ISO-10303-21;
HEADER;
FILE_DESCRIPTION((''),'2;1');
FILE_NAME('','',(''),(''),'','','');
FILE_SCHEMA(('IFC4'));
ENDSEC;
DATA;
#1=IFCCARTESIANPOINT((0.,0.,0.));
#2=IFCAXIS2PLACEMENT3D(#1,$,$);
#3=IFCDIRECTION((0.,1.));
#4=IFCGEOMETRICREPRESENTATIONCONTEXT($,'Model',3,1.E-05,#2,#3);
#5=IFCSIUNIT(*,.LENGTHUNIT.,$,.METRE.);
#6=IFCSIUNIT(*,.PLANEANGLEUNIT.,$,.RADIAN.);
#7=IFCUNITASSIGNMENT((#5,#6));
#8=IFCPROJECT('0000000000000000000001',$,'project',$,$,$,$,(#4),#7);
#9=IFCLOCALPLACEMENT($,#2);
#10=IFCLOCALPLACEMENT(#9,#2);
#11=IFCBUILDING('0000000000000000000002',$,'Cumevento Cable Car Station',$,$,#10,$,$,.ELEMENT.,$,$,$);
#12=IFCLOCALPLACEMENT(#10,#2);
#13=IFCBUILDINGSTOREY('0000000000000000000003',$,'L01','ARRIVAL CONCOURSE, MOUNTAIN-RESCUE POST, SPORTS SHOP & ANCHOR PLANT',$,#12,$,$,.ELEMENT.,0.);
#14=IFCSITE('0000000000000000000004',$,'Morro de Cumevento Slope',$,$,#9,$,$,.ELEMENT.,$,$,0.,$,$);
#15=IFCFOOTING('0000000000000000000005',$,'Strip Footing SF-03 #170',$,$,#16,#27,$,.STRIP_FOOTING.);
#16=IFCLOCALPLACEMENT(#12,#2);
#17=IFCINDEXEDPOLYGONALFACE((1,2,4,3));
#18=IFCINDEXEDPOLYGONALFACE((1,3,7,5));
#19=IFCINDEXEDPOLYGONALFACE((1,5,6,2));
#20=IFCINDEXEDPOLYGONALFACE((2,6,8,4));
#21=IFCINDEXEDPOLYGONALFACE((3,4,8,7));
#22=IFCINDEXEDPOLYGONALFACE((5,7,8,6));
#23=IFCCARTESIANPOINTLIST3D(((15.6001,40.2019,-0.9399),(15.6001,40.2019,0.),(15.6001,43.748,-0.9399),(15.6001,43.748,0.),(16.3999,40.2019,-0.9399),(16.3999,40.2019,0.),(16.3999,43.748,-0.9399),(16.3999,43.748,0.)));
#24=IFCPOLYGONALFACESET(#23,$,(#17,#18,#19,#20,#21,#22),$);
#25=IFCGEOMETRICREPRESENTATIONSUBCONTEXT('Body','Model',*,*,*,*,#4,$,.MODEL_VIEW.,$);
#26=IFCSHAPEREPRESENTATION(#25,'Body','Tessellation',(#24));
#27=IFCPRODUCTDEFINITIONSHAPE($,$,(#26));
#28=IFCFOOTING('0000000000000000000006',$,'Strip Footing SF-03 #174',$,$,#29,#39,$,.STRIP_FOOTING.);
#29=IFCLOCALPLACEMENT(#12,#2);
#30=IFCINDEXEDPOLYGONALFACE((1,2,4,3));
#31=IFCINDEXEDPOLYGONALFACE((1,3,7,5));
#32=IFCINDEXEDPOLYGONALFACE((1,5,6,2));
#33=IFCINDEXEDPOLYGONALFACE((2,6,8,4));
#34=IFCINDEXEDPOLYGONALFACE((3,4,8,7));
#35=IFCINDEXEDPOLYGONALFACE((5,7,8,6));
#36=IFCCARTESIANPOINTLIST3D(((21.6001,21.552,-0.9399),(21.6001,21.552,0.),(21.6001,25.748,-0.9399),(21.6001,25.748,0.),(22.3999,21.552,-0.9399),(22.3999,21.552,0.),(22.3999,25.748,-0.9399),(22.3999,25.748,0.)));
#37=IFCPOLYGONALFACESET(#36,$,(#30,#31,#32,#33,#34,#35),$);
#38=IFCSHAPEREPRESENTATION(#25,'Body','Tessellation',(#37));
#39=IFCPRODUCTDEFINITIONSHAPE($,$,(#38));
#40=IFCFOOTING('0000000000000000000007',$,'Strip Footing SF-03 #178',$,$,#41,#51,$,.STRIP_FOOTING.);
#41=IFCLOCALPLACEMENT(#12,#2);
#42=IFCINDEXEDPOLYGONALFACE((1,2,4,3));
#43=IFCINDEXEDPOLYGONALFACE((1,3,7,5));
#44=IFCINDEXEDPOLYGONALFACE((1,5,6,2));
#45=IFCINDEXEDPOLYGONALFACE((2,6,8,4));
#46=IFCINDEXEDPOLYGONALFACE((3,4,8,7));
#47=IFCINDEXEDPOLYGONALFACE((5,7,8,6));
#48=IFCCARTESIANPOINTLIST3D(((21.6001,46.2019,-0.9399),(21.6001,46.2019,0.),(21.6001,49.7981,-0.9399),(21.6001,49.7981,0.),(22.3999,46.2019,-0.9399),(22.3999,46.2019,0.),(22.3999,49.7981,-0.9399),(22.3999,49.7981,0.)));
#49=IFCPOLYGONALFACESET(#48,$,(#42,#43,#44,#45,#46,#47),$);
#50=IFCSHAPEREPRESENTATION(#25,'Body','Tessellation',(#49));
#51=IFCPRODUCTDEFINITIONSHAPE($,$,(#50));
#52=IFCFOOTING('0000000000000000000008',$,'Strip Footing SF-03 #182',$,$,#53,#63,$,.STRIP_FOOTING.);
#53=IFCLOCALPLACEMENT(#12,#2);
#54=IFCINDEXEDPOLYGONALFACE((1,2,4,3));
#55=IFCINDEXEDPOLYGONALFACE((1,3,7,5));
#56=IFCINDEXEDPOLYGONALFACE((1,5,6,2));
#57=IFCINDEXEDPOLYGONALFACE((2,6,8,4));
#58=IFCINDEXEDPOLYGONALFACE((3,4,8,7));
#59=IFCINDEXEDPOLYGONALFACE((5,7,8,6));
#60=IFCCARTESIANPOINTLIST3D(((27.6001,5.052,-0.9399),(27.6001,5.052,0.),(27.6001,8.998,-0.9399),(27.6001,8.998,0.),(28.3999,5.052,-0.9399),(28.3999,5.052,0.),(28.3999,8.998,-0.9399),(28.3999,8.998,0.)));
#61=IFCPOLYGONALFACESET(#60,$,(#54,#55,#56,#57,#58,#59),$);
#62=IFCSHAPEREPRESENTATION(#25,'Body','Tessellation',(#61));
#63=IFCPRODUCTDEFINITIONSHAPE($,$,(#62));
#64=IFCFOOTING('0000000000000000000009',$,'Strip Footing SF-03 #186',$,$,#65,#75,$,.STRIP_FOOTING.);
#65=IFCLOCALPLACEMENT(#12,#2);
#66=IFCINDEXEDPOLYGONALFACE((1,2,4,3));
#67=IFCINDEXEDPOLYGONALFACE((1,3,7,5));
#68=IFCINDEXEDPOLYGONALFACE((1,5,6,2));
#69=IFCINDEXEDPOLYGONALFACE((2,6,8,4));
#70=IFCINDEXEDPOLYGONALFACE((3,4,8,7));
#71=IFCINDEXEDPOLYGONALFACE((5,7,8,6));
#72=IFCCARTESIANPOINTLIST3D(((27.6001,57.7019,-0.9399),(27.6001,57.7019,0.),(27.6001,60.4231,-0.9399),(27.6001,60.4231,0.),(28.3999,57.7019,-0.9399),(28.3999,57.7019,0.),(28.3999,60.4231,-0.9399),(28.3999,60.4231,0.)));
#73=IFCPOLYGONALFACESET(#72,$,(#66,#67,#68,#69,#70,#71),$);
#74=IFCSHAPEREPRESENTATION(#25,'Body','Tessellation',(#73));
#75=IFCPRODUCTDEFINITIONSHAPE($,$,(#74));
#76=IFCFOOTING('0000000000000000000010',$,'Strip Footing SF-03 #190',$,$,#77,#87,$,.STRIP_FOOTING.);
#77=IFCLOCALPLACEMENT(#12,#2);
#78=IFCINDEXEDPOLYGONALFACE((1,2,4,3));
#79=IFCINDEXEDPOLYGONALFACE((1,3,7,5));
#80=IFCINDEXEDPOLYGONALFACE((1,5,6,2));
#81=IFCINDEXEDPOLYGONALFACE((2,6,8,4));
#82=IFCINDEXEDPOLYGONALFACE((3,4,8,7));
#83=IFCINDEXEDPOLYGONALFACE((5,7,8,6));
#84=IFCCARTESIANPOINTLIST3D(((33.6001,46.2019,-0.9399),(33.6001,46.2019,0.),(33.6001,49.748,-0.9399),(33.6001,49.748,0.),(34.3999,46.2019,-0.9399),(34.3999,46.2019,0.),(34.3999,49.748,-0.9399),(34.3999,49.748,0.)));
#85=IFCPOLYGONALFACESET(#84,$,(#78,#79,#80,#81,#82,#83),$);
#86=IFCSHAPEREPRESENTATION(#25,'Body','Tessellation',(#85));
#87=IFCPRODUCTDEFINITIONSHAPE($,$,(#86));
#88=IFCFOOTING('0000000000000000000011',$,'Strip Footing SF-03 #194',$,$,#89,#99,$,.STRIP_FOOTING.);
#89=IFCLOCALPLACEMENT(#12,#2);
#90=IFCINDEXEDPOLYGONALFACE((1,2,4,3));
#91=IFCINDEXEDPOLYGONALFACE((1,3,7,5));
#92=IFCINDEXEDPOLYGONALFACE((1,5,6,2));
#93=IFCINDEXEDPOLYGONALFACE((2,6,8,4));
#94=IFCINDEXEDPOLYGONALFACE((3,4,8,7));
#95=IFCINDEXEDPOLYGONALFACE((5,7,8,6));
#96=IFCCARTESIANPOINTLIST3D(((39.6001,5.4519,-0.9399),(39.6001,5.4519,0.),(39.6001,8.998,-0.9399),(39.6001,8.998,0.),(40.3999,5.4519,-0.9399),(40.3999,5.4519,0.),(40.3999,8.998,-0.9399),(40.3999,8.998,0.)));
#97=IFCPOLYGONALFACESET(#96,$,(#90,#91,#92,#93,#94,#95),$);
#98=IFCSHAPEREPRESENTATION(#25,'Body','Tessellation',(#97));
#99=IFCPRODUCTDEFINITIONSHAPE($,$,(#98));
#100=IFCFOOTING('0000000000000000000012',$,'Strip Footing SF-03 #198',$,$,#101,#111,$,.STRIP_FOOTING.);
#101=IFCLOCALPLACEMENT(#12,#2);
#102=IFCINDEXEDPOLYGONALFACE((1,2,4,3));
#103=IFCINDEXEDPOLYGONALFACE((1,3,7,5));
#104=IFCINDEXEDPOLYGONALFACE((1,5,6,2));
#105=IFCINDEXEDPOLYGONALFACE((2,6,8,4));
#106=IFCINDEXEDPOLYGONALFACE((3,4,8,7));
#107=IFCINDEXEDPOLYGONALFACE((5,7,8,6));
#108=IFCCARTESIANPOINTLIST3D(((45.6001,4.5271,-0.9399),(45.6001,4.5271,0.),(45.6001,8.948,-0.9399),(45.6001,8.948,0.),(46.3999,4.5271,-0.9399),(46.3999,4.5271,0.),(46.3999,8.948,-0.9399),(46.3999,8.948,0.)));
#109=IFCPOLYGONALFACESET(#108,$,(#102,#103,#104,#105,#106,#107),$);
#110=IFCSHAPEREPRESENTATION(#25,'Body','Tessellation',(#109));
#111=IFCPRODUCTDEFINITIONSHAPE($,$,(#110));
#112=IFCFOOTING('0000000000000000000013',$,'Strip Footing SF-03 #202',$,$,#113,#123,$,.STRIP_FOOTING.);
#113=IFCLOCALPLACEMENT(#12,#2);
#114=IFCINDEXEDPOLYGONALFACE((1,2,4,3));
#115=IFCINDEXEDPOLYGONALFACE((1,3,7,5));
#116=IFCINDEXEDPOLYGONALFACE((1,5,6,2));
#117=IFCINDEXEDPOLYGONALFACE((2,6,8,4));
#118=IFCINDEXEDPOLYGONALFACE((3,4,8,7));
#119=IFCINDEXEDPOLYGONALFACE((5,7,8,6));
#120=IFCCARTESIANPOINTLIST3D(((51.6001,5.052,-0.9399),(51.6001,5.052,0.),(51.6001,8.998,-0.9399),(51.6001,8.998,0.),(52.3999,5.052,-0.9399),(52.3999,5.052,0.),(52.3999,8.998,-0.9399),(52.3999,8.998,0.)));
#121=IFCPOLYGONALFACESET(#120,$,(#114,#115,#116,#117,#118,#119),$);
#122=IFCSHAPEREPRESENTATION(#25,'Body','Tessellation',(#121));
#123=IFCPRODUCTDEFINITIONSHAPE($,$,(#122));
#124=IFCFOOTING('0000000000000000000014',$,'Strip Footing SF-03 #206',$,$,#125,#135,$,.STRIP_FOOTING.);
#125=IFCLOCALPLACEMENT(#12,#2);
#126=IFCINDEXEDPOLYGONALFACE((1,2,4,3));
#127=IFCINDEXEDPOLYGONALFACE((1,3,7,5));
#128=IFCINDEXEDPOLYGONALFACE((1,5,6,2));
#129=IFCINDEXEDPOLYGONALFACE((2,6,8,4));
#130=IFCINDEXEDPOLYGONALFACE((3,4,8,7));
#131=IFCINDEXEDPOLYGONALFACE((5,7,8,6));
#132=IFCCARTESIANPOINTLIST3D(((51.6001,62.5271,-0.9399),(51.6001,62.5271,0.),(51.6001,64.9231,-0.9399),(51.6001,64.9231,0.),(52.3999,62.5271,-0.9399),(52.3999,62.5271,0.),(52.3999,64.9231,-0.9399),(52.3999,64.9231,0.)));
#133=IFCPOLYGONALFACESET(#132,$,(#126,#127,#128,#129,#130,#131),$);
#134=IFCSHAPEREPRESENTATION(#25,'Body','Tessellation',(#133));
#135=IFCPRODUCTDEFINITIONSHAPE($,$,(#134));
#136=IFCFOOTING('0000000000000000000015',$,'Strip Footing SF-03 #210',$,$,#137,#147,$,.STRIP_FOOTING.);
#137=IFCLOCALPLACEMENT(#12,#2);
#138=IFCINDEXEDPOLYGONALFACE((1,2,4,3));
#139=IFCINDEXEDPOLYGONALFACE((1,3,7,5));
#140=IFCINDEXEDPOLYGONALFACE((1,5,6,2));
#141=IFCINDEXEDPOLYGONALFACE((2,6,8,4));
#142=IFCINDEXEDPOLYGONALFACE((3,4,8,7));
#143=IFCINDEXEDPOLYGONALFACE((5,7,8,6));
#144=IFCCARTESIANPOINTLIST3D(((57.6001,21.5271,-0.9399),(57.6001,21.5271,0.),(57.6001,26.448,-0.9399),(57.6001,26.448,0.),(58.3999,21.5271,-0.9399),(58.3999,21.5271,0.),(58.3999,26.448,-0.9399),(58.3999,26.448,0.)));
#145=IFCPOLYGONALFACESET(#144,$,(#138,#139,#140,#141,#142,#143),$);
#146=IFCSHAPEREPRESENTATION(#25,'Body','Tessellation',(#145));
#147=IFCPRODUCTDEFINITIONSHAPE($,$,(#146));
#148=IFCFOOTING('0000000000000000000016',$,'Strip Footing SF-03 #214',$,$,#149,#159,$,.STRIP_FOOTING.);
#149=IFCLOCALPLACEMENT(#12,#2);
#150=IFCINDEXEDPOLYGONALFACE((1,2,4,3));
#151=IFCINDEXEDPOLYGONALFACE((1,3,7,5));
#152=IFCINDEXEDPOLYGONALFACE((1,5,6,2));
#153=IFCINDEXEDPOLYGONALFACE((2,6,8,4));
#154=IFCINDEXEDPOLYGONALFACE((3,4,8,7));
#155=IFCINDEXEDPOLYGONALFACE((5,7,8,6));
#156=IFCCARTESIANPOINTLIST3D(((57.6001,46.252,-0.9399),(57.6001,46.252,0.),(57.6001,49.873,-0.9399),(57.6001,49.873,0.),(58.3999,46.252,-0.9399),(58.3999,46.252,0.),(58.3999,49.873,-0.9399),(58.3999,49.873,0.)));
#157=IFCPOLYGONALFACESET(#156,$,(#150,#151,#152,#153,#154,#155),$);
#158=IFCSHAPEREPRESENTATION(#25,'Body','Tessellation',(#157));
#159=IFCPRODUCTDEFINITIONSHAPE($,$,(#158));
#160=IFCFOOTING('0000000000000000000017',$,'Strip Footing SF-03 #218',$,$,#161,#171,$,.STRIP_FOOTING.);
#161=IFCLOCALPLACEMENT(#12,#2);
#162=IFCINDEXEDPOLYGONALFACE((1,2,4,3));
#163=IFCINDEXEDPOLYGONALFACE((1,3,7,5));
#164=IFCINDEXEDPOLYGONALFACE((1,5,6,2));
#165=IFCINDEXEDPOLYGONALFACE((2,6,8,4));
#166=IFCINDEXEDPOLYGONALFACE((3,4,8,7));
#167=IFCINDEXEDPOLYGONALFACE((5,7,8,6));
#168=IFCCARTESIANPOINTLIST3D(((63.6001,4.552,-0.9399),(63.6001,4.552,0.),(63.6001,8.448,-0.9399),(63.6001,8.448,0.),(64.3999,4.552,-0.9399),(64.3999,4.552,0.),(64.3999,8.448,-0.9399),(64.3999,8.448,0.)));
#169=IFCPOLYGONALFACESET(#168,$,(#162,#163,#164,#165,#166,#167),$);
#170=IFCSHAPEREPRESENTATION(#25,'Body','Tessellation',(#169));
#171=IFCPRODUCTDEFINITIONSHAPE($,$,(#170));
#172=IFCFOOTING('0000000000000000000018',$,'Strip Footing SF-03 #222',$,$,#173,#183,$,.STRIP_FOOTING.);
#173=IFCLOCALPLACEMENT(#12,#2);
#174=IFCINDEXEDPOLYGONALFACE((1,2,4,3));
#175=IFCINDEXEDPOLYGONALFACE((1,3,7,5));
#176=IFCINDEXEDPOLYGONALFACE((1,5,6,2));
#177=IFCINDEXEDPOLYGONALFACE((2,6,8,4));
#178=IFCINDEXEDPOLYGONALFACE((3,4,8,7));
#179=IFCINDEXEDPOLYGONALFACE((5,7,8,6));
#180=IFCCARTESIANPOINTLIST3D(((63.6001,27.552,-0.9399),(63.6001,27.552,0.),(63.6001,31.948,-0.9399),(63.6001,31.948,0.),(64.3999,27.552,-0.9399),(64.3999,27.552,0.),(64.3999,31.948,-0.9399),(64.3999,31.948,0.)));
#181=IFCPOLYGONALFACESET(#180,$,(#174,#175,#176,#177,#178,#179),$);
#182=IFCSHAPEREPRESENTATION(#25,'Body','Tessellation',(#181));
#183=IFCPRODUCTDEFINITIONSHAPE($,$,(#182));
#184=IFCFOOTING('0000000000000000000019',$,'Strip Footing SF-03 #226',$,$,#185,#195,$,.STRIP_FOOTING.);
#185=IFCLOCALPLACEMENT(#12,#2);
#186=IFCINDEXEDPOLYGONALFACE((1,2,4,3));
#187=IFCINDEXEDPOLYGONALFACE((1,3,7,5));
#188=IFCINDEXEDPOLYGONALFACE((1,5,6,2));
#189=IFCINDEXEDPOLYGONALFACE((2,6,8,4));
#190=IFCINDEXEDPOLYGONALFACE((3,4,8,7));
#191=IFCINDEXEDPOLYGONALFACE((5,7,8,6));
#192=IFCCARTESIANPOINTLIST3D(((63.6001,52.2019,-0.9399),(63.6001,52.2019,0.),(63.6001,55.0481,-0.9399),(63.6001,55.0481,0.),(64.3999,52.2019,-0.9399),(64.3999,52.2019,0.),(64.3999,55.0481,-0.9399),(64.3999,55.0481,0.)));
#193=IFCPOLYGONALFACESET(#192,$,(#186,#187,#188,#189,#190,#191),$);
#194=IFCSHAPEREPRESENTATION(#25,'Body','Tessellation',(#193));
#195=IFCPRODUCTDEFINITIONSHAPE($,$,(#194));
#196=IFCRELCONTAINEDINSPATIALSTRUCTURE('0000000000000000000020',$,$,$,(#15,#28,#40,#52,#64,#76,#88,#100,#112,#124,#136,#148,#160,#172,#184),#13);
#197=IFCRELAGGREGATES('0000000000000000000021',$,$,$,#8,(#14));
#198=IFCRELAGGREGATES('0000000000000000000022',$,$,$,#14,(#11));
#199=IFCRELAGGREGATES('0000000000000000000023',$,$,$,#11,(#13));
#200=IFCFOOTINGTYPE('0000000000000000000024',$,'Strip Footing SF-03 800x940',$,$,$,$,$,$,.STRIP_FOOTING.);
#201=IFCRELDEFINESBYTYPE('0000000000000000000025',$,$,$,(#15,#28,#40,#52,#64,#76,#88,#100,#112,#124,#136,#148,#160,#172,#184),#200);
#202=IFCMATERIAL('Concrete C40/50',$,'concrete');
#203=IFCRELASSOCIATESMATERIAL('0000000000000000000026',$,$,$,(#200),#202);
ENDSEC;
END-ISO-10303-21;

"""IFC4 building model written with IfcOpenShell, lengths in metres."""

from ifc_helpers import new_model, si_unit, direction, frame, origin, place, context, subcontext, project, spatial, polyline, outline, extrude, material, type_object, element, save


model = new_model("IFC4")

# Units and contexts
model_context = context("Model", 3, precision=1e-05, world=origin(), true_north=direction((0.0, 1.0)))
body_context = subcontext(model_context, "Body", "Model", "MODEL_VIEW")
ifc_project = project(units=[si_unit("LENGTHUNIT", "METRE"), si_unit("PLANEANGLEUNIT", "RADIAN")], contexts=[model_context])

# Site, building, storey
site_placement = place(None, origin())
site = spatial("IfcSite", under=ifc_project, at=site_placement, Name="Morro de Cumevento Slope", CompositionType="ELEMENT", RefElevation=0.0)
building_placement = place(site_placement, origin())
building = spatial("IfcBuilding", under=site, at=building_placement, Name="Cumevento Cable Car Station", CompositionType="ELEMENT")
storey_placement = place(building_placement, origin())
storey = spatial("IfcBuildingStorey", under=building, at=storey_placement, Name="L01", Description="ARRIVAL CONCOURSE, MOUNTAIN-RESCUE POST, SPORTS SHOP & ANCHOR PLANT", CompositionType="ELEMENT", Elevation=0.0)

# Footings
ifc_material = material(Name="Concrete C40/50", Category="concrete")
footing_type = type_object("IfcFootingType", Name="Strip Footing SF-03 800x940", PredefinedType="STRIP_FOOTING", material=ifc_material)
footing_1_placement = place(storey_placement, frame((0.0, 0.0, -0.9399)))
element("IfcFooting", 1, at=footing_1_placement, inside=storey, type_object=footing_type, Name="Strip Footing SF-03 #170", PredefinedType="STRIP_FOOTING", context=body_context, shape_type="SweptSolid", body=[
    extrude(outline(polyline([(15.6001, 40.2019), (16.3999, 40.2019), (16.3999, 43.748), (15.6001, 43.748), (15.6001, 40.2019)])), origin(), (0.0, 0.0, 1.0), 0.9399),
])
footing_2_placement = place(storey_placement, frame((0.0, 0.0, -0.9399)))
element("IfcFooting", 2, at=footing_2_placement, inside=storey, type_object=footing_type, Name="Strip Footing SF-03 #174", PredefinedType="STRIP_FOOTING", context=body_context, shape_type="SweptSolid", body=[
    extrude(outline(polyline([(21.6001, 21.552), (22.3999, 21.552), (22.3999, 25.748), (21.6001, 25.748), (21.6001, 21.552)])), origin(), (0.0, 0.0, 1.0), 0.9399),
])
footing_3_placement = place(storey_placement, frame((0.0, 0.0, -0.9399)))
element("IfcFooting", 3, at=footing_3_placement, inside=storey, type_object=footing_type, Name="Strip Footing SF-03 #178", PredefinedType="STRIP_FOOTING", context=body_context, shape_type="SweptSolid", body=[
    extrude(outline(polyline([(21.6001, 46.2019), (22.3999, 46.2019), (22.3999, 49.7981), (21.6001, 49.7981), (21.6001, 46.2019)])), origin(), (0.0, 0.0, 1.0), 0.9399),
])
footing_4_placement = place(storey_placement, frame((0.0, 0.0, -0.9399)))
element("IfcFooting", 4, at=footing_4_placement, inside=storey, type_object=footing_type, Name="Strip Footing SF-03 #182", PredefinedType="STRIP_FOOTING", context=body_context, shape_type="SweptSolid", body=[
    extrude(outline(polyline([(27.6001, 5.052), (28.3999, 5.052), (28.3999, 8.998), (27.6001, 8.998), (27.6001, 5.052)])), origin(), (0.0, 0.0, 1.0), 0.9399),
])
footing_5_placement = place(storey_placement, frame((0.0, 0.0, -0.9399)))
element("IfcFooting", 5, at=footing_5_placement, inside=storey, type_object=footing_type, Name="Strip Footing SF-03 #186", PredefinedType="STRIP_FOOTING", context=body_context, shape_type="SweptSolid", body=[
    extrude(outline(polyline([(27.6001, 57.7019), (28.3999, 57.7019), (28.3999, 60.4231), (27.6001, 60.4231), (27.6001, 57.7019)])), origin(), (0.0, 0.0, 1.0), 0.9399),
])
footing_6_placement = place(storey_placement, frame((0.0, 0.0, -0.9399)))
element("IfcFooting", 6, at=footing_6_placement, inside=storey, type_object=footing_type, Name="Strip Footing SF-03 #190", PredefinedType="STRIP_FOOTING", context=body_context, shape_type="SweptSolid", body=[
    extrude(outline(polyline([(33.6001, 46.2019), (34.3999, 46.2019), (34.3999, 49.748), (33.6001, 49.748), (33.6001, 46.2019)])), origin(), (0.0, 0.0, 1.0), 0.9399),
])
footing_7_placement = place(storey_placement, frame((0.0, 0.0, -0.9399)))
element("IfcFooting", 7, at=footing_7_placement, inside=storey, type_object=footing_type, Name="Strip Footing SF-03 #194", PredefinedType="STRIP_FOOTING", context=body_context, shape_type="SweptSolid", body=[
    extrude(outline(polyline([(39.6001, 5.4519), (40.3999, 5.4519), (40.3999, 8.998), (39.6001, 8.998), (39.6001, 5.4519)])), origin(), (0.0, 0.0, 1.0), 0.9399),
])
footing_8_placement = place(storey_placement, frame((0.0, 0.0, -0.9399)))
element("IfcFooting", 8, at=footing_8_placement, inside=storey, type_object=footing_type, Name="Strip Footing SF-03 #198", PredefinedType="STRIP_FOOTING", context=body_context, shape_type="SweptSolid", body=[
    extrude(outline(polyline([(45.6001, 4.5271), (46.3999, 4.5271), (46.3999, 8.948), (45.6001, 8.948), (45.6001, 4.5271)])), origin(), (0.0, 0.0, 1.0), 0.9399),
])
footing_9_placement = place(storey_placement, frame((0.0, 0.0, -0.9399)))
element("IfcFooting", 9, at=footing_9_placement, inside=storey, type_object=footing_type, Name="Strip Footing SF-03 #202", PredefinedType="STRIP_FOOTING", context=body_context, shape_type="SweptSolid", body=[
    extrude(outline(polyline([(51.6001, 5.052), (52.3999, 5.052), (52.3999, 8.998), (51.6001, 8.998), (51.6001, 5.052)])), origin(), (0.0, 0.0, 1.0), 0.9399),
])
footing_10_placement = place(storey_placement, frame((0.0, 0.0, -0.9399)))
element("IfcFooting", 10, at=footing_10_placement, inside=storey, type_object=footing_type, Name="Strip Footing SF-03 #206", PredefinedType="STRIP_FOOTING", context=body_context, shape_type="SweptSolid", body=[
    extrude(outline(polyline([(51.6001, 62.5271), (52.3999, 62.5271), (52.3999, 64.9231), (51.6001, 64.9231), (51.6001, 62.5271)])), origin(), (0.0, 0.0, 1.0), 0.9399),
])
footing_11_placement = place(storey_placement, frame((0.0, 0.0, -0.9399)))
element("IfcFooting", 11, at=footing_11_placement, inside=storey, type_object=footing_type, Name="Strip Footing SF-03 #210", PredefinedType="STRIP_FOOTING", context=body_context, shape_type="SweptSolid", body=[
    extrude(outline(polyline([(57.6001, 21.5271), (58.3999, 21.5271), (58.3999, 26.448), (57.6001, 26.448), (57.6001, 21.5271)])), origin(), (0.0, 0.0, 1.0), 0.9399),
])
footing_12_placement = place(storey_placement, frame((0.0, 0.0, -0.9399)))
element("IfcFooting", 12, at=footing_12_placement, inside=storey, type_object=footing_type, Name="Strip Footing SF-03 #214", PredefinedType="STRIP_FOOTING", context=body_context, shape_type="SweptSolid", body=[
    extrude(outline(polyline([(57.6001, 46.252), (58.3999, 46.252), (58.3999, 49.873), (57.6001, 49.873), (57.6001, 46.252)])), origin(), (0.0, 0.0, 1.0), 0.9399),
])
footing_13_placement = place(storey_placement, frame((0.0, 0.0, -0.9399)))
element("IfcFooting", 13, at=footing_13_placement, inside=storey, type_object=footing_type, Name="Strip Footing SF-03 #218", PredefinedType="STRIP_FOOTING", context=body_context, shape_type="SweptSolid", body=[
    extrude(outline(polyline([(63.6001, 4.552), (64.3999, 4.552), (64.3999, 8.448), (63.6001, 8.448), (63.6001, 4.552)])), origin(), (0.0, 0.0, 1.0), 0.9399),
])
footing_14_placement = place(storey_placement, frame((0.0, 0.0, -0.9399)))
element("IfcFooting", 14, at=footing_14_placement, inside=storey, type_object=footing_type, Name="Strip Footing SF-03 #222", PredefinedType="STRIP_FOOTING", context=body_context, shape_type="SweptSolid", body=[
    extrude(outline(polyline([(63.6001, 27.552), (64.3999, 27.552), (64.3999, 31.948), (63.6001, 31.948), (63.6001, 27.552)])), origin(), (0.0, 0.0, 1.0), 0.9399),
])
footing_15_placement = place(storey_placement, frame((0.0, 0.0, -0.9399)))
element("IfcFooting", 15, at=footing_15_placement, inside=storey, type_object=footing_type, Name="Strip Footing SF-03 #226", PredefinedType="STRIP_FOOTING", context=body_context, shape_type="SweptSolid", body=[
    extrude(outline(polyline([(63.6001, 52.2019), (64.3999, 52.2019), (64.3999, 55.0481), (63.6001, 55.0481), (63.6001, 52.2019)])), origin(), (0.0, 0.0, 1.0), 0.9399),
])

save(model, "model.ifc")
